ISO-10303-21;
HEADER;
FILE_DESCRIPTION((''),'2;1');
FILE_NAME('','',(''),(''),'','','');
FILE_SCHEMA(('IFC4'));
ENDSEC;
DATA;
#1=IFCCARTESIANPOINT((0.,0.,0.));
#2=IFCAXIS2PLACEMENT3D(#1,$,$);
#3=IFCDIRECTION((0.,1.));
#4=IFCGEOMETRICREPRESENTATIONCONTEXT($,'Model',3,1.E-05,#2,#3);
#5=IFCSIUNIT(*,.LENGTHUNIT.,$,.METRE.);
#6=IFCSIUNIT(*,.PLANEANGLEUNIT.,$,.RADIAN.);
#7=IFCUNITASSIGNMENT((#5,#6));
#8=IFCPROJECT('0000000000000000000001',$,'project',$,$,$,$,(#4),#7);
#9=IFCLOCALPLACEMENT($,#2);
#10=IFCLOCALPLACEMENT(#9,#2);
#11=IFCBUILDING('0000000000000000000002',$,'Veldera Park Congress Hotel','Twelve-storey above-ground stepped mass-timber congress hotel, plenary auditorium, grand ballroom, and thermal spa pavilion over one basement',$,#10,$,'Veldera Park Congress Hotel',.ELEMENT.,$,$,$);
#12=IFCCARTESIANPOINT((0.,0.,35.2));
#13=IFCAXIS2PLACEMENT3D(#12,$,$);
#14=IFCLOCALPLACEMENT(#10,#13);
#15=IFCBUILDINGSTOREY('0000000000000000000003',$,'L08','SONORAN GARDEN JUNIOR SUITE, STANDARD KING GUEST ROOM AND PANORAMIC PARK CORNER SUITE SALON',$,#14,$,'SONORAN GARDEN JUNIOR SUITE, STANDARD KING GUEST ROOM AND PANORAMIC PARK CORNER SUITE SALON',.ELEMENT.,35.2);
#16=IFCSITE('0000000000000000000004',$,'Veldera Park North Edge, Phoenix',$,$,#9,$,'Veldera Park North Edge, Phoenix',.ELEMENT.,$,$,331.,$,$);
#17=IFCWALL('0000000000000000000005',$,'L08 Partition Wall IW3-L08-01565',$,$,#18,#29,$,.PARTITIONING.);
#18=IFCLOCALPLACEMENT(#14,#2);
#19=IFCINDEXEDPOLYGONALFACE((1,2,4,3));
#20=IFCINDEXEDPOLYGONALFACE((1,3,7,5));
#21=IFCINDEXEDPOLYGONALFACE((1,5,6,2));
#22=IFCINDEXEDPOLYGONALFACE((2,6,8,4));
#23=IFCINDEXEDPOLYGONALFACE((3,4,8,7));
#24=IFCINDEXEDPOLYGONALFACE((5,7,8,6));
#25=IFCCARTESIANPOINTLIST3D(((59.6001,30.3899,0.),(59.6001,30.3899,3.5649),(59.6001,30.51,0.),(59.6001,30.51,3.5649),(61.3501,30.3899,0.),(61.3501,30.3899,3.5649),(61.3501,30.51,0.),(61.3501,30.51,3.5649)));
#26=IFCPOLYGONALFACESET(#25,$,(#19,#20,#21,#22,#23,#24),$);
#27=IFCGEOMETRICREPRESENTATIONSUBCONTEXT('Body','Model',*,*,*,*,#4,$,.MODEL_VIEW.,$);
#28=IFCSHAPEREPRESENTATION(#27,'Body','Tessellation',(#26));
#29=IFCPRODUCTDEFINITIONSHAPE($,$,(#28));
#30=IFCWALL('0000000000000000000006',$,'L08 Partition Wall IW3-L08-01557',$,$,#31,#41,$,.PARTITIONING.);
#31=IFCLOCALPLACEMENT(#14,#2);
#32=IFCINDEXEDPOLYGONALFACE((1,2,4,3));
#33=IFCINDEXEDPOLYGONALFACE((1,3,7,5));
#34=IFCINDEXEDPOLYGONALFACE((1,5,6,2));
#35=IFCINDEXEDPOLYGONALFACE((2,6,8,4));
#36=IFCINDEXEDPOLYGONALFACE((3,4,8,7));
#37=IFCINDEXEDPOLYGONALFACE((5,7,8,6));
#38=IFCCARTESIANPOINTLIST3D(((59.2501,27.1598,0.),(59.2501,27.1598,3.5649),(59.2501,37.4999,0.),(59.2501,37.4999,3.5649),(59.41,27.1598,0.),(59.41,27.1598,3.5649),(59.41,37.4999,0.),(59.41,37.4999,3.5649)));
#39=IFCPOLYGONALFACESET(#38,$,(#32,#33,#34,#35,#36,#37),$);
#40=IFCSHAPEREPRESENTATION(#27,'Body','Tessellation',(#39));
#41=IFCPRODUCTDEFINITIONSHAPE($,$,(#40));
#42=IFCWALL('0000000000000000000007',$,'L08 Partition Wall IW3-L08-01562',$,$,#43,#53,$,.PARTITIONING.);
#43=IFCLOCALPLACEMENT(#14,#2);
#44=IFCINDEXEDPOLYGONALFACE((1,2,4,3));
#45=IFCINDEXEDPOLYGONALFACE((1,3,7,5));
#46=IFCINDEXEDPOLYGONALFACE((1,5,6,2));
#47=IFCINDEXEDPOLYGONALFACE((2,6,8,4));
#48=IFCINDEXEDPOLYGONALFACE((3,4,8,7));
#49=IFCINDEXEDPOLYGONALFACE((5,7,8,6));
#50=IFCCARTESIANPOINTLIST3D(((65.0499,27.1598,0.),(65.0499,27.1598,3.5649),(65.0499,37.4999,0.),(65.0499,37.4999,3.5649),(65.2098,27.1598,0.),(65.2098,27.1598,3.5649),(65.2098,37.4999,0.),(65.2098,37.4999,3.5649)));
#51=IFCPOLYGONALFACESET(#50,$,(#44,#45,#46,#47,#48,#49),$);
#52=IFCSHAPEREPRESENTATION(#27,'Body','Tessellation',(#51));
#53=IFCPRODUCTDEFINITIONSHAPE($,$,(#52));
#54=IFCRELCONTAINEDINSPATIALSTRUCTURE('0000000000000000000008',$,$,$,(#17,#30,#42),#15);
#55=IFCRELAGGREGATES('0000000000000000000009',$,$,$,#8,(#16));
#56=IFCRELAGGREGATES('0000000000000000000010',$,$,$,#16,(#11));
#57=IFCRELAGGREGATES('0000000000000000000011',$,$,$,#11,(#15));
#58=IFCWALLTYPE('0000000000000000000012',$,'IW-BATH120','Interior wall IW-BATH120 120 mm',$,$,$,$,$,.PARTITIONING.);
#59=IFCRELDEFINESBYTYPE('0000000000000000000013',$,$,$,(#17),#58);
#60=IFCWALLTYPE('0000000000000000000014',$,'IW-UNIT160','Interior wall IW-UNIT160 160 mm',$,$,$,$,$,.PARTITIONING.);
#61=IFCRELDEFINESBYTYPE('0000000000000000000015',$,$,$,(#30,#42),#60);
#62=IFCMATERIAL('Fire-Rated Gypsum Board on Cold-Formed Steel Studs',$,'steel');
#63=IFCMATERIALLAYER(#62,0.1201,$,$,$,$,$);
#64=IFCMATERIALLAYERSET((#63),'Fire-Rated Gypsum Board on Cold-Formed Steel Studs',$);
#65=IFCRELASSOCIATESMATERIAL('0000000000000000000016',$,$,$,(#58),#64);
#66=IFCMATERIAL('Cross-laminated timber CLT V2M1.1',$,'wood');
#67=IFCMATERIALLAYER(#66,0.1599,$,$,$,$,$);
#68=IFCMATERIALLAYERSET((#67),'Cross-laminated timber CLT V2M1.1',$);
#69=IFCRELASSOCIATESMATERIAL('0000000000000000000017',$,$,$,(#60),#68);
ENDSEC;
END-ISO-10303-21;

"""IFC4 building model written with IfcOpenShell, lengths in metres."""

from ifc_helpers import new_model, si_unit, direction, frame, frame_2d, origin, place, context, subcontext, project, spatial, rectangle, extrude, material, layer, layer_set, type_object, element, save


model = new_model("IFC4")

# Units and contexts
model_context = context("Model", 3, precision=1e-05, world=origin(), true_north=direction((0.0, 1.0)))
body_context = subcontext(model_context, "Body", "Model", "MODEL_VIEW")
ifc_project = project(units=[si_unit("LENGTHUNIT", "METRE"), si_unit("PLANEANGLEUNIT", "RADIAN")], contexts=[model_context])

# Site, building, storey
site_placement = place(None, origin())
site = spatial("IfcSite", under=ifc_project, at=site_placement, Name="Veldera Park North Edge, Phoenix", LongName="Veldera Park North Edge, Phoenix", CompositionType="ELEMENT", RefElevation=331.0)
building_placement = place(site_placement, origin())
building = spatial("IfcBuilding", under=site, at=building_placement, Name="Veldera Park Congress Hotel", Description="Twelve-storey above-ground stepped mass-timber congress hotel, plenary auditorium, grand ballroom, and thermal spa pavilion over one basement", LongName="Veldera Park Congress Hotel", CompositionType="ELEMENT")
storey_placement = place(building_placement, frame((0.0, 0.0, 35.2)))
storey = spatial("IfcBuildingStorey", under=building, at=storey_placement, Name="L08", Description="SONORAN GARDEN JUNIOR SUITE, STANDARD KING GUEST ROOM AND PANORAMIC PARK CORNER SUITE SALON", LongName="SONORAN GARDEN JUNIOR SUITE, STANDARD KING GUEST ROOM AND PANORAMIC PARK CORNER SUITE SALON", CompositionType="ELEMENT", Elevation=35.2)

# Shared definitions
ifc_material_1 = material(Name="Cross-laminated timber CLT V2M1.1", Category="wood")

# Shared definitions
ifc_material_2 = material(Name="Fire-Rated Gypsum Board on Cold-Formed Steel Studs", Category="steel")
ifc_layer_1 = layer(ifc_material_2, 0.1201)
ifc_layer_set_1 = layer_set([ifc_layer_1], Name="Fire-Rated Gypsum Board on Cold-Formed Steel Studs")
wall_type_1 = type_object("IfcWallType", Name="IW-BATH120", Description="Interior wall IW-BATH120 120 mm", PredefinedType="PARTITIONING", material=ifc_layer_set_1)

# Walls
wall_1_placement = place(storey_placement, frame((59.6001, 30.45, 0.0), z_axis=(0.0, 0.0, 1.0), x_axis=(1.0, 0.0, 0.0)))
element("IfcWall", 1, at=wall_1_placement, inside=storey, type_object=wall_type_1, Name="L08 Partition Wall IW3-L08-01565", PredefinedType="PARTITIONING", context=body_context, shape_type="SweptSolid", body=[
    extrude(rectangle(XDim=1.75, YDim=0.1201, at=frame_2d((0.875, 0.0))), origin(), (0.0, 0.0, 1.0), 3.5649),
])
ifc_layer_2 = layer(ifc_material_1, 0.1599)
ifc_layer_set_2 = layer_set([ifc_layer_2], Name="Cross-laminated timber CLT V2M1.1")
wall_type_2 = type_object("IfcWallType", Name="IW-UNIT160", Description="Interior wall IW-UNIT160 160 mm", PredefinedType="PARTITIONING", material=ifc_layer_set_2)
for number, where, z_axis, x_axis, name in (
    (2, (59.3301, 27.1599, 0.0), (0.0, 0.0, 1.0), (0.0, 1.0, 0.0), "L08 Partition Wall IW3-L08-01557"),
    (3, (65.1299, 27.1599, 0.0), (0.0, 0.0, 1.0), (0.0, 1.0, 0.0), "L08 Partition Wall IW3-L08-01562"),
):
    element("IfcWall", number, at=place(storey_placement, frame(where, z_axis=z_axis, x_axis=x_axis)), inside=storey, type_object=wall_type_2, Name=name, PredefinedType="PARTITIONING", context=body_context, shape_type="SweptSolid", body=[
        extrude(rectangle(XDim=10.3401, YDim=0.1599, at=frame_2d((5.1699, 0.0))), origin(), (0.0, 0.0, 1.0), 3.5649),
    ])

save(model, "model.ifc")
